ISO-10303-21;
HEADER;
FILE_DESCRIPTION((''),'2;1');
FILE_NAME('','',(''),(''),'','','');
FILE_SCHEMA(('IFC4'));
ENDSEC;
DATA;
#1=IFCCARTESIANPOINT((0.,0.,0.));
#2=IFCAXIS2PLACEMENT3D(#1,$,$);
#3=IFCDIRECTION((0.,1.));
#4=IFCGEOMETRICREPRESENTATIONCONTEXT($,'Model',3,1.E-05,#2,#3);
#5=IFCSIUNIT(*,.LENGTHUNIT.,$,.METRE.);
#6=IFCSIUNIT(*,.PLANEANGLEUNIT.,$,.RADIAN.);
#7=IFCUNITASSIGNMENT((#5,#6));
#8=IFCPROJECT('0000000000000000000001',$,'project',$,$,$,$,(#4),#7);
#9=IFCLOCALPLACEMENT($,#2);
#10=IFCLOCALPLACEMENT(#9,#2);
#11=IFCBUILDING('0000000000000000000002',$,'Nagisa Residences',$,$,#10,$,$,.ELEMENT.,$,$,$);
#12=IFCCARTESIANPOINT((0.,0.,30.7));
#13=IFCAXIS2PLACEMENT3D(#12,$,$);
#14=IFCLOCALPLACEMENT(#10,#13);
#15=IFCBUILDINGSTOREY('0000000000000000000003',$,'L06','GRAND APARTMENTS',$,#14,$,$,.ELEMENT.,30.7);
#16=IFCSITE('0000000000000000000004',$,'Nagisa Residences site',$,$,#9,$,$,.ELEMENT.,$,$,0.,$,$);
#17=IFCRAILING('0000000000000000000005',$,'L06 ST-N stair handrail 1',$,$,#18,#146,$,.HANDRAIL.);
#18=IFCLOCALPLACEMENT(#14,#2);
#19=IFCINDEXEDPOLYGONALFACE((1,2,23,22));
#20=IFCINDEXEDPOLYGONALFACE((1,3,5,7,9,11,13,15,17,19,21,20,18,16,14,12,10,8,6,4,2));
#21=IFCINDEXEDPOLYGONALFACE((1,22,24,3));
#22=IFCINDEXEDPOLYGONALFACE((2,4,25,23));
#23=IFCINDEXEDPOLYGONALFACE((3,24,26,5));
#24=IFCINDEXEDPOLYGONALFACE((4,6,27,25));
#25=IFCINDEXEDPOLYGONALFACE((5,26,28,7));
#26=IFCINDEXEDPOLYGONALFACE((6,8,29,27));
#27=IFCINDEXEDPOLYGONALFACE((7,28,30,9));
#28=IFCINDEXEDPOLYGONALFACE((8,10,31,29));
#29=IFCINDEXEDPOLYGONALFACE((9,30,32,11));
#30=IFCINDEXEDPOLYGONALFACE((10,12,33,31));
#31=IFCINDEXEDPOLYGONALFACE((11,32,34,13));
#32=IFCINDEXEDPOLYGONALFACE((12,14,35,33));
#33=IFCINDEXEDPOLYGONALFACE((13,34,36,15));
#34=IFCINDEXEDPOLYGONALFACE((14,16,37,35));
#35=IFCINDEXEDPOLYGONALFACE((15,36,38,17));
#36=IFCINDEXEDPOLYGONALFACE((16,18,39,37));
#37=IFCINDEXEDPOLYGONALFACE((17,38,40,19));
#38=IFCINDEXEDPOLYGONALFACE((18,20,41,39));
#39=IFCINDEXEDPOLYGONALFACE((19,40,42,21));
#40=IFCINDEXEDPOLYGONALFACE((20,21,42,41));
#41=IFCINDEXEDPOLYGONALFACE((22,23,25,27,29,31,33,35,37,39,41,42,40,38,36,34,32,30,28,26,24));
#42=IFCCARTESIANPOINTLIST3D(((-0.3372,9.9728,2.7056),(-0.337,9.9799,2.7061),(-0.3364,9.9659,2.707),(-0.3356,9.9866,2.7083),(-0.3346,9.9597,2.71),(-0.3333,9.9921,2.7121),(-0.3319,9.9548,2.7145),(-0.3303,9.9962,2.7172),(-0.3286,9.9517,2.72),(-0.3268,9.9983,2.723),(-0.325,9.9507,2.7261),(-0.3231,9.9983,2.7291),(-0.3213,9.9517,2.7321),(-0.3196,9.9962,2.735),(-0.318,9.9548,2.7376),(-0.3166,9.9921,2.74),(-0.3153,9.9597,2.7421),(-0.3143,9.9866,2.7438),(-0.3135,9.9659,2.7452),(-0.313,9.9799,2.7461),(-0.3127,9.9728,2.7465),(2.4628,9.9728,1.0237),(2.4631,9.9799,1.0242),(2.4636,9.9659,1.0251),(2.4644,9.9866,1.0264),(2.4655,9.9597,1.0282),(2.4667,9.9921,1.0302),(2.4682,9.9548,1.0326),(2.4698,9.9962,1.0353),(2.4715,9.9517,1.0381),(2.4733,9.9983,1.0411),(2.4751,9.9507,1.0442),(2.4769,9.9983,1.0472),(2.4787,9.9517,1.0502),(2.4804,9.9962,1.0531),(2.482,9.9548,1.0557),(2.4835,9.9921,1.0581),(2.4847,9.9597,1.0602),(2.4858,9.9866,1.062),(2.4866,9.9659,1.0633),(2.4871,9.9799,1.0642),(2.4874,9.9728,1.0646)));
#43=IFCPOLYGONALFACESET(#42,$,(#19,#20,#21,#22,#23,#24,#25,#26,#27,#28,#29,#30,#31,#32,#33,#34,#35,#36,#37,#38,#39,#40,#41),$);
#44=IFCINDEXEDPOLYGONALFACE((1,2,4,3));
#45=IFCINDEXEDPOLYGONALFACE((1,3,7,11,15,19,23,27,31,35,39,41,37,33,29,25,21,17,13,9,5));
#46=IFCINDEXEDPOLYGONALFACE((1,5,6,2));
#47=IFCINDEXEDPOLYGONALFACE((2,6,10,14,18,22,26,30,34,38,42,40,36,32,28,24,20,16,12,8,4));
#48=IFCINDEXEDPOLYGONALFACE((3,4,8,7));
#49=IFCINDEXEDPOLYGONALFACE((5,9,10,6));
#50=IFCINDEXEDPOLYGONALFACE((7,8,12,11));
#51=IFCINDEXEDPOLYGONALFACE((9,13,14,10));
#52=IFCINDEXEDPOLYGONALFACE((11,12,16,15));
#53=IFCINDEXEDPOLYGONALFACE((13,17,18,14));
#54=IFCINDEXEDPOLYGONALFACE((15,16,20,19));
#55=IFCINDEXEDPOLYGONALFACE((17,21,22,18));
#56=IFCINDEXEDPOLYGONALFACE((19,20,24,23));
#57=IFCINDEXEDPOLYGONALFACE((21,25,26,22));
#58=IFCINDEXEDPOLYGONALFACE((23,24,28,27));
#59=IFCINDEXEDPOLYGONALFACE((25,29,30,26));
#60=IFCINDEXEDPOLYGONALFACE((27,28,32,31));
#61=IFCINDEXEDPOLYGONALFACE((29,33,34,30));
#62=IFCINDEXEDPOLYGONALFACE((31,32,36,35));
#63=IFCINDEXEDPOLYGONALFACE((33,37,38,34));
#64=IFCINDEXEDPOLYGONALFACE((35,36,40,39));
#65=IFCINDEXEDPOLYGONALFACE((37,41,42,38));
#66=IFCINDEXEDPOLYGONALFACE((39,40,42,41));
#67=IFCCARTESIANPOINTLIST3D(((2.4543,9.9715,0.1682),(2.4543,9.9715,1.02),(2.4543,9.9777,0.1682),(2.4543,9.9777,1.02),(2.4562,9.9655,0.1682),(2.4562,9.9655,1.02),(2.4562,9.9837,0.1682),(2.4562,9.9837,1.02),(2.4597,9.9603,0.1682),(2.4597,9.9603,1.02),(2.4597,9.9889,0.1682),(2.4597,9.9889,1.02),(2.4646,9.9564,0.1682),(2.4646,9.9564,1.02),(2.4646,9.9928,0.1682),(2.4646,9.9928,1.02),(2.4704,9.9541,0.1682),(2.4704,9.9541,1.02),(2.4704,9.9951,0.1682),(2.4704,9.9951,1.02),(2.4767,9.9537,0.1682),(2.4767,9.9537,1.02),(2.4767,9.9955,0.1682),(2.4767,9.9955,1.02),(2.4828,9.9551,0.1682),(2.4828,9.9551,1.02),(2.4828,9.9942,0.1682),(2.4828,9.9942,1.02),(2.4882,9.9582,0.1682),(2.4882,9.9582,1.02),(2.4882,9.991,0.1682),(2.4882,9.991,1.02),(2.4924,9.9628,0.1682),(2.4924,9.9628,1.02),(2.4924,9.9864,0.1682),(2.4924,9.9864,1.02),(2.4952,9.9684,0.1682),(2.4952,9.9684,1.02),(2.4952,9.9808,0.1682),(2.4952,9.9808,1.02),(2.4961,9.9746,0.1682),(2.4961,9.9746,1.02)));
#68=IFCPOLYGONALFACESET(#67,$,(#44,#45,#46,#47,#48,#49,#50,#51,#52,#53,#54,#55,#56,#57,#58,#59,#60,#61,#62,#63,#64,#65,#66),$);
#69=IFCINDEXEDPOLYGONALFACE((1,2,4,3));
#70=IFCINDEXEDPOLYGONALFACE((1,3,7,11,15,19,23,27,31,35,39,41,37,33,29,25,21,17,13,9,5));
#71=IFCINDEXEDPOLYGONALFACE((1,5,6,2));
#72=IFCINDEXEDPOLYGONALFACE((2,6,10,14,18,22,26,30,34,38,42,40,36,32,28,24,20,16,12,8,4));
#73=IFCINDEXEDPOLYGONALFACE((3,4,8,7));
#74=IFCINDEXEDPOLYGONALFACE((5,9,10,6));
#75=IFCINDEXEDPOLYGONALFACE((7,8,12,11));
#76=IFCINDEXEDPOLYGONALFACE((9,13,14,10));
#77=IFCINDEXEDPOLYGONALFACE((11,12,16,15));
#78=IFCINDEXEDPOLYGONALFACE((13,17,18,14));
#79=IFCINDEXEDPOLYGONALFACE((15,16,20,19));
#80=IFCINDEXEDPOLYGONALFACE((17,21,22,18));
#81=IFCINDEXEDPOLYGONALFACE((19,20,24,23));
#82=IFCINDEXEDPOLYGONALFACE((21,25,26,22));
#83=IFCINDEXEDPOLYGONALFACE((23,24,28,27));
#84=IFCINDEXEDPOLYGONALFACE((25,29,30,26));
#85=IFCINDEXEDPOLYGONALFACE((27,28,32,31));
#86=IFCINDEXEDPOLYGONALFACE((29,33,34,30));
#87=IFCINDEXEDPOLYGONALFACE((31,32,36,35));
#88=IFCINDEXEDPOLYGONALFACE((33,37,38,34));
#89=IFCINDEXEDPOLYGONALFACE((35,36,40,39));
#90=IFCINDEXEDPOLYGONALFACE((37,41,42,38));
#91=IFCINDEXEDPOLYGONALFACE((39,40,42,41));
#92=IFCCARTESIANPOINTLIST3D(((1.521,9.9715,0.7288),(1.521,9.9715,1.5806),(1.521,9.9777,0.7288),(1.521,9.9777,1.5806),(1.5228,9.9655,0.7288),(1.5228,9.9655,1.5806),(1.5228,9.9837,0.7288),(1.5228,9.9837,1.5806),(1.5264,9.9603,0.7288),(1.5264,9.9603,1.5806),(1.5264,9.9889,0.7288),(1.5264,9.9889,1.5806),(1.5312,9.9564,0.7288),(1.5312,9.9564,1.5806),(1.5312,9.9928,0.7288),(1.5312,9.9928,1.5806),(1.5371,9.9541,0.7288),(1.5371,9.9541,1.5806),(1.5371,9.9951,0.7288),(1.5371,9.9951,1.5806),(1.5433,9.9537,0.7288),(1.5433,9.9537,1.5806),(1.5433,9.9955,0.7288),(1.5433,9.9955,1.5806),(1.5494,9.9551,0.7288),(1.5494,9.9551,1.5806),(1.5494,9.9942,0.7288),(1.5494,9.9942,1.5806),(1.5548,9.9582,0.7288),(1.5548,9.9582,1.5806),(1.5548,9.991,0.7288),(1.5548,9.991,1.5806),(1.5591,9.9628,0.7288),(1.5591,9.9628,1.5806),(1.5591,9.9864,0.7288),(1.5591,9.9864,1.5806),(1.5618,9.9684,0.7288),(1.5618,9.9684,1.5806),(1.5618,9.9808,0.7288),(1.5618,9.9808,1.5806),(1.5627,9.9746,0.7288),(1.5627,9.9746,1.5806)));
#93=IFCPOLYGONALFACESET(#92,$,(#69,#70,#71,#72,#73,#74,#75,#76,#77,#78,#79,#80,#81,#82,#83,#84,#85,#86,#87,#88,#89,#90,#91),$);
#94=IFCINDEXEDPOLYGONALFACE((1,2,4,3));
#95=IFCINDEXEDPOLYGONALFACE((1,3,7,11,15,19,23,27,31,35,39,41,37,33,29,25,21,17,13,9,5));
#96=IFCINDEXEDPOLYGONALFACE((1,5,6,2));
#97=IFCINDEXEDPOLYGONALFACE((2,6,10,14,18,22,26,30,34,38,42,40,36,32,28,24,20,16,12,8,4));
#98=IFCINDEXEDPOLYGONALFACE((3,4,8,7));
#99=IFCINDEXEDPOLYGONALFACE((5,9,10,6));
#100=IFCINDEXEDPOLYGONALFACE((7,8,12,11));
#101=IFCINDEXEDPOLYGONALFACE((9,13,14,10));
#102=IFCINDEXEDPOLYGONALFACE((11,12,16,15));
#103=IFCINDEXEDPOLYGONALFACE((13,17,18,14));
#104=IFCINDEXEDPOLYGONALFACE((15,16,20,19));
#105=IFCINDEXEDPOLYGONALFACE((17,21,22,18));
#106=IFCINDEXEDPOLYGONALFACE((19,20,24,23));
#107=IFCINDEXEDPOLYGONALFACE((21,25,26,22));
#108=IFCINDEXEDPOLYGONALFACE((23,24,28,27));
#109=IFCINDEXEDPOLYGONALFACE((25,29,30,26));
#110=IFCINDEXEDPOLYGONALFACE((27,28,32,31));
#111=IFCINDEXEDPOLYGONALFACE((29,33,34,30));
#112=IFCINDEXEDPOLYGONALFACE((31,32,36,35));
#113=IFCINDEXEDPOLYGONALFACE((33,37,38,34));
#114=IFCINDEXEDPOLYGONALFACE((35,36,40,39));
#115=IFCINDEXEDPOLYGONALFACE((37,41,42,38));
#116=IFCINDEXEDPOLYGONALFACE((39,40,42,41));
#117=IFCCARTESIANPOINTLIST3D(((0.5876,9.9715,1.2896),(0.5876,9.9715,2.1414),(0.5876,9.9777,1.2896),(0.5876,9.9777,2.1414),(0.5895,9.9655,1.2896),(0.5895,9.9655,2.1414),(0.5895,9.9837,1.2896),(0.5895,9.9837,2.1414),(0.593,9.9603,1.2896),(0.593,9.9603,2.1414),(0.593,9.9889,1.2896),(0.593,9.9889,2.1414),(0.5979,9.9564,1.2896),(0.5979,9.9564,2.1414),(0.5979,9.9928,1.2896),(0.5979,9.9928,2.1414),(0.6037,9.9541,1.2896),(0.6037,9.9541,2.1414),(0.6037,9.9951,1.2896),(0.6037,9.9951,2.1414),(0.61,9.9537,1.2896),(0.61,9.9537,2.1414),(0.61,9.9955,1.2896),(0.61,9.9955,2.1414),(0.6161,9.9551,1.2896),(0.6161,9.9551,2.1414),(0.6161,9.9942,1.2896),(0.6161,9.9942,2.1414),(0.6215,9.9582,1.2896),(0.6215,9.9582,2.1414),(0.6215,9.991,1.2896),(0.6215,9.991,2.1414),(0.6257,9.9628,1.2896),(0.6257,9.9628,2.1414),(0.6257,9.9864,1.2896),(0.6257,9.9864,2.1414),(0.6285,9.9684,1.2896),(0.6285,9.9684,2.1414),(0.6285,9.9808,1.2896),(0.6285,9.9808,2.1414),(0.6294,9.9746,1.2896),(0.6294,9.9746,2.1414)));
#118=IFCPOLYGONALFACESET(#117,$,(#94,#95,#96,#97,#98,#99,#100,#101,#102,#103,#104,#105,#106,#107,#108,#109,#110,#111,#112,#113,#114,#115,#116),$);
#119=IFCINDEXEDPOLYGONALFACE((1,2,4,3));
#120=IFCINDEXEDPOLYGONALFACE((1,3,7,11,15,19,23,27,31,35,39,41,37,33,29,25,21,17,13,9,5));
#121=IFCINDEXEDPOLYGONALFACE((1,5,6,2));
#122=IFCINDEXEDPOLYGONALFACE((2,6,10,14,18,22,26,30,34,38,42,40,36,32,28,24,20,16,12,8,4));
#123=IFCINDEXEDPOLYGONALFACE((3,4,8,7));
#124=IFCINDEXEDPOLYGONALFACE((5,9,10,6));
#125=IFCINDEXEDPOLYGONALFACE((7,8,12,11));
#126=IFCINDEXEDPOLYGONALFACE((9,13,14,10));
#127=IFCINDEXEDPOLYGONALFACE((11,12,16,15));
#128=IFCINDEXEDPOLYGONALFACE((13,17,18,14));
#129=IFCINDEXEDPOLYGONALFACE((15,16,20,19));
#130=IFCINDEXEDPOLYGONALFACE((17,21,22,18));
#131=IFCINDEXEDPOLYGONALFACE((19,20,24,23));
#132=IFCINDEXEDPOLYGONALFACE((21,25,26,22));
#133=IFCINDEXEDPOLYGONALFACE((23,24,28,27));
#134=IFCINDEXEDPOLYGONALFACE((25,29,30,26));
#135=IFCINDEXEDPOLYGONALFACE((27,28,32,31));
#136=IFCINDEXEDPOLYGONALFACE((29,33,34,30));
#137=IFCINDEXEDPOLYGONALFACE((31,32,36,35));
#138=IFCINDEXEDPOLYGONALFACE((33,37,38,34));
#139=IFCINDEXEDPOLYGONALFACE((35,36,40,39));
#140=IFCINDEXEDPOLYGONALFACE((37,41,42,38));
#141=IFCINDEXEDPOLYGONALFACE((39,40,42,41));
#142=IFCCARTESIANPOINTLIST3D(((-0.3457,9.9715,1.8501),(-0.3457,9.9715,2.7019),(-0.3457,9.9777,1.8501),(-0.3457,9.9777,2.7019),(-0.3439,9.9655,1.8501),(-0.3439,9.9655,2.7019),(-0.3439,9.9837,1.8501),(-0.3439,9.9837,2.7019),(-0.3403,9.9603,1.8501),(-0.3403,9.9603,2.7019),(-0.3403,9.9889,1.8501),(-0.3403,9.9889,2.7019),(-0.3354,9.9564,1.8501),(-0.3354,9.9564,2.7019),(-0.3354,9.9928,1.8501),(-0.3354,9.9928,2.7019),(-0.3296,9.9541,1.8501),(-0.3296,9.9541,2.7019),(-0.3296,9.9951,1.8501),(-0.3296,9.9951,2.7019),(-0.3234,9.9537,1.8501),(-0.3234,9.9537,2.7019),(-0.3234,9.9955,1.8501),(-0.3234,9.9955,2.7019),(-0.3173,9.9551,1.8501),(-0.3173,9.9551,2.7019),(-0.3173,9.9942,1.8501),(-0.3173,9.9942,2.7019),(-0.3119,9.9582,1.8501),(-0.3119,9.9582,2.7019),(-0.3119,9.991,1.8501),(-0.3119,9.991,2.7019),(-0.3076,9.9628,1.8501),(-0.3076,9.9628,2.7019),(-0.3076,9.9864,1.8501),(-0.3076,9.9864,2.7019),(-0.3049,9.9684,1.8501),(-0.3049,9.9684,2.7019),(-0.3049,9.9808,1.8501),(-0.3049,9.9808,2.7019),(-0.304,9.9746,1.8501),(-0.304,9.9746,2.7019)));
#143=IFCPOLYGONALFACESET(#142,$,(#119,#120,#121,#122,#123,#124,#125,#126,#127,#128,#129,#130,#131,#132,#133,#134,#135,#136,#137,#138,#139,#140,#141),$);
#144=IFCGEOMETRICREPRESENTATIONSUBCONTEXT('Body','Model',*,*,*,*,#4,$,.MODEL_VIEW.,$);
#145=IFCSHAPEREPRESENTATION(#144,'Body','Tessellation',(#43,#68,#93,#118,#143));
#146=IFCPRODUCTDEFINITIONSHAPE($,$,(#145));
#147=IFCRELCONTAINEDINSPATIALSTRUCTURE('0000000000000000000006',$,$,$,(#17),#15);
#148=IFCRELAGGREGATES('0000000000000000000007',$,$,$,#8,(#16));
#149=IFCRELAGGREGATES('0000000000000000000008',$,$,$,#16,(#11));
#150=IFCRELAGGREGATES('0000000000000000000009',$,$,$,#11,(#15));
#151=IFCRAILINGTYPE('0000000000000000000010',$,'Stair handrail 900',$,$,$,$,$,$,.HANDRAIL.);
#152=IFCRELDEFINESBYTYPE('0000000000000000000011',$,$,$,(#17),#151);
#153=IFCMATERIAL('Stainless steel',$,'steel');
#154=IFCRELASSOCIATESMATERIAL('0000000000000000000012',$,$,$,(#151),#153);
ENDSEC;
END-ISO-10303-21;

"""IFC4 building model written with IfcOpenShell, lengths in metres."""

from ifc_helpers import new_model, si_unit, direction, frame, origin, origin_2d, place, context, subcontext, project, spatial, circle, extrude, material, type_object, element, save


model = new_model("IFC4")

# Units and contexts
model_context = context("Model", 3, precision=1e-05, world=origin(), true_north=direction((0.0, 1.0)))
body_context = subcontext(model_context, "Body", "Model", "MODEL_VIEW")
ifc_project = project(units=[si_unit("LENGTHUNIT", "METRE"), si_unit("PLANEANGLEUNIT", "RADIAN")], contexts=[model_context])

# Site, building, storey
site_placement = place(None, origin())
site = spatial("IfcSite", under=ifc_project, at=site_placement, Name="Nagisa Residences site", CompositionType="ELEMENT", RefElevation=0.0)
building_placement = place(site_placement, origin())
building = spatial("IfcBuilding", under=site, at=building_placement, Name="Nagisa Residences", CompositionType="ELEMENT")
storey_placement = place(building_placement, frame((0.0, 0.0, 30.7)))
storey = spatial("IfcBuildingStorey", under=building, at=storey_placement, Name="L06", Description="GRAND APARTMENTS", CompositionType="ELEMENT", Elevation=30.7)

# Railing
ifc_material_1 = material(Name="Stainless steel", Category="steel")
railing_type_1 = type_object("IfcRailingType", Name="Stair handrail 900", PredefinedType="HANDRAIL", material=ifc_material_1)
railing_1_placement = place(storey_placement, frame((2.4751, 9.9746, 0.1682)))
element("IfcRailing", 1, at=railing_1_placement, inside=storey, type_object=railing_type_1, Name="L06 ST-N stair handrail 1", PredefinedType="HANDRAIL", context=body_context, shape_type="SweptSolid", body=[
    extrude(circle(Radius=0.0239, at=origin_2d()), frame((0.0, 0.0, 0.876), z_axis=(-0.857242, 0.0, 0.514913), x_axis=(0.0, -1.0, 0.0)), (0.0, 0.0, 1.0), 3.2664),
    extrude(circle(Radius=0.021, at=origin_2d()), origin(), (0.0, 0.0, 1.0), 0.8518),
    extrude(circle(Radius=0.021, at=origin_2d()), frame((-0.9333, 0.0, 0.5605)), (0.0, 0.0, 1.0), 0.8518),
    extrude(circle(Radius=0.021, at=origin_2d()), frame((-1.8667, 0.0, 1.1213)), (0.0, 0.0, 1.0), 0.8518),
    extrude(circle(Radius=0.021, at=origin_2d()), frame((-2.8, 0.0, 1.6819)), (0.0, 0.0, 1.0), 0.8518),
])

save(model, "model.ifc")
